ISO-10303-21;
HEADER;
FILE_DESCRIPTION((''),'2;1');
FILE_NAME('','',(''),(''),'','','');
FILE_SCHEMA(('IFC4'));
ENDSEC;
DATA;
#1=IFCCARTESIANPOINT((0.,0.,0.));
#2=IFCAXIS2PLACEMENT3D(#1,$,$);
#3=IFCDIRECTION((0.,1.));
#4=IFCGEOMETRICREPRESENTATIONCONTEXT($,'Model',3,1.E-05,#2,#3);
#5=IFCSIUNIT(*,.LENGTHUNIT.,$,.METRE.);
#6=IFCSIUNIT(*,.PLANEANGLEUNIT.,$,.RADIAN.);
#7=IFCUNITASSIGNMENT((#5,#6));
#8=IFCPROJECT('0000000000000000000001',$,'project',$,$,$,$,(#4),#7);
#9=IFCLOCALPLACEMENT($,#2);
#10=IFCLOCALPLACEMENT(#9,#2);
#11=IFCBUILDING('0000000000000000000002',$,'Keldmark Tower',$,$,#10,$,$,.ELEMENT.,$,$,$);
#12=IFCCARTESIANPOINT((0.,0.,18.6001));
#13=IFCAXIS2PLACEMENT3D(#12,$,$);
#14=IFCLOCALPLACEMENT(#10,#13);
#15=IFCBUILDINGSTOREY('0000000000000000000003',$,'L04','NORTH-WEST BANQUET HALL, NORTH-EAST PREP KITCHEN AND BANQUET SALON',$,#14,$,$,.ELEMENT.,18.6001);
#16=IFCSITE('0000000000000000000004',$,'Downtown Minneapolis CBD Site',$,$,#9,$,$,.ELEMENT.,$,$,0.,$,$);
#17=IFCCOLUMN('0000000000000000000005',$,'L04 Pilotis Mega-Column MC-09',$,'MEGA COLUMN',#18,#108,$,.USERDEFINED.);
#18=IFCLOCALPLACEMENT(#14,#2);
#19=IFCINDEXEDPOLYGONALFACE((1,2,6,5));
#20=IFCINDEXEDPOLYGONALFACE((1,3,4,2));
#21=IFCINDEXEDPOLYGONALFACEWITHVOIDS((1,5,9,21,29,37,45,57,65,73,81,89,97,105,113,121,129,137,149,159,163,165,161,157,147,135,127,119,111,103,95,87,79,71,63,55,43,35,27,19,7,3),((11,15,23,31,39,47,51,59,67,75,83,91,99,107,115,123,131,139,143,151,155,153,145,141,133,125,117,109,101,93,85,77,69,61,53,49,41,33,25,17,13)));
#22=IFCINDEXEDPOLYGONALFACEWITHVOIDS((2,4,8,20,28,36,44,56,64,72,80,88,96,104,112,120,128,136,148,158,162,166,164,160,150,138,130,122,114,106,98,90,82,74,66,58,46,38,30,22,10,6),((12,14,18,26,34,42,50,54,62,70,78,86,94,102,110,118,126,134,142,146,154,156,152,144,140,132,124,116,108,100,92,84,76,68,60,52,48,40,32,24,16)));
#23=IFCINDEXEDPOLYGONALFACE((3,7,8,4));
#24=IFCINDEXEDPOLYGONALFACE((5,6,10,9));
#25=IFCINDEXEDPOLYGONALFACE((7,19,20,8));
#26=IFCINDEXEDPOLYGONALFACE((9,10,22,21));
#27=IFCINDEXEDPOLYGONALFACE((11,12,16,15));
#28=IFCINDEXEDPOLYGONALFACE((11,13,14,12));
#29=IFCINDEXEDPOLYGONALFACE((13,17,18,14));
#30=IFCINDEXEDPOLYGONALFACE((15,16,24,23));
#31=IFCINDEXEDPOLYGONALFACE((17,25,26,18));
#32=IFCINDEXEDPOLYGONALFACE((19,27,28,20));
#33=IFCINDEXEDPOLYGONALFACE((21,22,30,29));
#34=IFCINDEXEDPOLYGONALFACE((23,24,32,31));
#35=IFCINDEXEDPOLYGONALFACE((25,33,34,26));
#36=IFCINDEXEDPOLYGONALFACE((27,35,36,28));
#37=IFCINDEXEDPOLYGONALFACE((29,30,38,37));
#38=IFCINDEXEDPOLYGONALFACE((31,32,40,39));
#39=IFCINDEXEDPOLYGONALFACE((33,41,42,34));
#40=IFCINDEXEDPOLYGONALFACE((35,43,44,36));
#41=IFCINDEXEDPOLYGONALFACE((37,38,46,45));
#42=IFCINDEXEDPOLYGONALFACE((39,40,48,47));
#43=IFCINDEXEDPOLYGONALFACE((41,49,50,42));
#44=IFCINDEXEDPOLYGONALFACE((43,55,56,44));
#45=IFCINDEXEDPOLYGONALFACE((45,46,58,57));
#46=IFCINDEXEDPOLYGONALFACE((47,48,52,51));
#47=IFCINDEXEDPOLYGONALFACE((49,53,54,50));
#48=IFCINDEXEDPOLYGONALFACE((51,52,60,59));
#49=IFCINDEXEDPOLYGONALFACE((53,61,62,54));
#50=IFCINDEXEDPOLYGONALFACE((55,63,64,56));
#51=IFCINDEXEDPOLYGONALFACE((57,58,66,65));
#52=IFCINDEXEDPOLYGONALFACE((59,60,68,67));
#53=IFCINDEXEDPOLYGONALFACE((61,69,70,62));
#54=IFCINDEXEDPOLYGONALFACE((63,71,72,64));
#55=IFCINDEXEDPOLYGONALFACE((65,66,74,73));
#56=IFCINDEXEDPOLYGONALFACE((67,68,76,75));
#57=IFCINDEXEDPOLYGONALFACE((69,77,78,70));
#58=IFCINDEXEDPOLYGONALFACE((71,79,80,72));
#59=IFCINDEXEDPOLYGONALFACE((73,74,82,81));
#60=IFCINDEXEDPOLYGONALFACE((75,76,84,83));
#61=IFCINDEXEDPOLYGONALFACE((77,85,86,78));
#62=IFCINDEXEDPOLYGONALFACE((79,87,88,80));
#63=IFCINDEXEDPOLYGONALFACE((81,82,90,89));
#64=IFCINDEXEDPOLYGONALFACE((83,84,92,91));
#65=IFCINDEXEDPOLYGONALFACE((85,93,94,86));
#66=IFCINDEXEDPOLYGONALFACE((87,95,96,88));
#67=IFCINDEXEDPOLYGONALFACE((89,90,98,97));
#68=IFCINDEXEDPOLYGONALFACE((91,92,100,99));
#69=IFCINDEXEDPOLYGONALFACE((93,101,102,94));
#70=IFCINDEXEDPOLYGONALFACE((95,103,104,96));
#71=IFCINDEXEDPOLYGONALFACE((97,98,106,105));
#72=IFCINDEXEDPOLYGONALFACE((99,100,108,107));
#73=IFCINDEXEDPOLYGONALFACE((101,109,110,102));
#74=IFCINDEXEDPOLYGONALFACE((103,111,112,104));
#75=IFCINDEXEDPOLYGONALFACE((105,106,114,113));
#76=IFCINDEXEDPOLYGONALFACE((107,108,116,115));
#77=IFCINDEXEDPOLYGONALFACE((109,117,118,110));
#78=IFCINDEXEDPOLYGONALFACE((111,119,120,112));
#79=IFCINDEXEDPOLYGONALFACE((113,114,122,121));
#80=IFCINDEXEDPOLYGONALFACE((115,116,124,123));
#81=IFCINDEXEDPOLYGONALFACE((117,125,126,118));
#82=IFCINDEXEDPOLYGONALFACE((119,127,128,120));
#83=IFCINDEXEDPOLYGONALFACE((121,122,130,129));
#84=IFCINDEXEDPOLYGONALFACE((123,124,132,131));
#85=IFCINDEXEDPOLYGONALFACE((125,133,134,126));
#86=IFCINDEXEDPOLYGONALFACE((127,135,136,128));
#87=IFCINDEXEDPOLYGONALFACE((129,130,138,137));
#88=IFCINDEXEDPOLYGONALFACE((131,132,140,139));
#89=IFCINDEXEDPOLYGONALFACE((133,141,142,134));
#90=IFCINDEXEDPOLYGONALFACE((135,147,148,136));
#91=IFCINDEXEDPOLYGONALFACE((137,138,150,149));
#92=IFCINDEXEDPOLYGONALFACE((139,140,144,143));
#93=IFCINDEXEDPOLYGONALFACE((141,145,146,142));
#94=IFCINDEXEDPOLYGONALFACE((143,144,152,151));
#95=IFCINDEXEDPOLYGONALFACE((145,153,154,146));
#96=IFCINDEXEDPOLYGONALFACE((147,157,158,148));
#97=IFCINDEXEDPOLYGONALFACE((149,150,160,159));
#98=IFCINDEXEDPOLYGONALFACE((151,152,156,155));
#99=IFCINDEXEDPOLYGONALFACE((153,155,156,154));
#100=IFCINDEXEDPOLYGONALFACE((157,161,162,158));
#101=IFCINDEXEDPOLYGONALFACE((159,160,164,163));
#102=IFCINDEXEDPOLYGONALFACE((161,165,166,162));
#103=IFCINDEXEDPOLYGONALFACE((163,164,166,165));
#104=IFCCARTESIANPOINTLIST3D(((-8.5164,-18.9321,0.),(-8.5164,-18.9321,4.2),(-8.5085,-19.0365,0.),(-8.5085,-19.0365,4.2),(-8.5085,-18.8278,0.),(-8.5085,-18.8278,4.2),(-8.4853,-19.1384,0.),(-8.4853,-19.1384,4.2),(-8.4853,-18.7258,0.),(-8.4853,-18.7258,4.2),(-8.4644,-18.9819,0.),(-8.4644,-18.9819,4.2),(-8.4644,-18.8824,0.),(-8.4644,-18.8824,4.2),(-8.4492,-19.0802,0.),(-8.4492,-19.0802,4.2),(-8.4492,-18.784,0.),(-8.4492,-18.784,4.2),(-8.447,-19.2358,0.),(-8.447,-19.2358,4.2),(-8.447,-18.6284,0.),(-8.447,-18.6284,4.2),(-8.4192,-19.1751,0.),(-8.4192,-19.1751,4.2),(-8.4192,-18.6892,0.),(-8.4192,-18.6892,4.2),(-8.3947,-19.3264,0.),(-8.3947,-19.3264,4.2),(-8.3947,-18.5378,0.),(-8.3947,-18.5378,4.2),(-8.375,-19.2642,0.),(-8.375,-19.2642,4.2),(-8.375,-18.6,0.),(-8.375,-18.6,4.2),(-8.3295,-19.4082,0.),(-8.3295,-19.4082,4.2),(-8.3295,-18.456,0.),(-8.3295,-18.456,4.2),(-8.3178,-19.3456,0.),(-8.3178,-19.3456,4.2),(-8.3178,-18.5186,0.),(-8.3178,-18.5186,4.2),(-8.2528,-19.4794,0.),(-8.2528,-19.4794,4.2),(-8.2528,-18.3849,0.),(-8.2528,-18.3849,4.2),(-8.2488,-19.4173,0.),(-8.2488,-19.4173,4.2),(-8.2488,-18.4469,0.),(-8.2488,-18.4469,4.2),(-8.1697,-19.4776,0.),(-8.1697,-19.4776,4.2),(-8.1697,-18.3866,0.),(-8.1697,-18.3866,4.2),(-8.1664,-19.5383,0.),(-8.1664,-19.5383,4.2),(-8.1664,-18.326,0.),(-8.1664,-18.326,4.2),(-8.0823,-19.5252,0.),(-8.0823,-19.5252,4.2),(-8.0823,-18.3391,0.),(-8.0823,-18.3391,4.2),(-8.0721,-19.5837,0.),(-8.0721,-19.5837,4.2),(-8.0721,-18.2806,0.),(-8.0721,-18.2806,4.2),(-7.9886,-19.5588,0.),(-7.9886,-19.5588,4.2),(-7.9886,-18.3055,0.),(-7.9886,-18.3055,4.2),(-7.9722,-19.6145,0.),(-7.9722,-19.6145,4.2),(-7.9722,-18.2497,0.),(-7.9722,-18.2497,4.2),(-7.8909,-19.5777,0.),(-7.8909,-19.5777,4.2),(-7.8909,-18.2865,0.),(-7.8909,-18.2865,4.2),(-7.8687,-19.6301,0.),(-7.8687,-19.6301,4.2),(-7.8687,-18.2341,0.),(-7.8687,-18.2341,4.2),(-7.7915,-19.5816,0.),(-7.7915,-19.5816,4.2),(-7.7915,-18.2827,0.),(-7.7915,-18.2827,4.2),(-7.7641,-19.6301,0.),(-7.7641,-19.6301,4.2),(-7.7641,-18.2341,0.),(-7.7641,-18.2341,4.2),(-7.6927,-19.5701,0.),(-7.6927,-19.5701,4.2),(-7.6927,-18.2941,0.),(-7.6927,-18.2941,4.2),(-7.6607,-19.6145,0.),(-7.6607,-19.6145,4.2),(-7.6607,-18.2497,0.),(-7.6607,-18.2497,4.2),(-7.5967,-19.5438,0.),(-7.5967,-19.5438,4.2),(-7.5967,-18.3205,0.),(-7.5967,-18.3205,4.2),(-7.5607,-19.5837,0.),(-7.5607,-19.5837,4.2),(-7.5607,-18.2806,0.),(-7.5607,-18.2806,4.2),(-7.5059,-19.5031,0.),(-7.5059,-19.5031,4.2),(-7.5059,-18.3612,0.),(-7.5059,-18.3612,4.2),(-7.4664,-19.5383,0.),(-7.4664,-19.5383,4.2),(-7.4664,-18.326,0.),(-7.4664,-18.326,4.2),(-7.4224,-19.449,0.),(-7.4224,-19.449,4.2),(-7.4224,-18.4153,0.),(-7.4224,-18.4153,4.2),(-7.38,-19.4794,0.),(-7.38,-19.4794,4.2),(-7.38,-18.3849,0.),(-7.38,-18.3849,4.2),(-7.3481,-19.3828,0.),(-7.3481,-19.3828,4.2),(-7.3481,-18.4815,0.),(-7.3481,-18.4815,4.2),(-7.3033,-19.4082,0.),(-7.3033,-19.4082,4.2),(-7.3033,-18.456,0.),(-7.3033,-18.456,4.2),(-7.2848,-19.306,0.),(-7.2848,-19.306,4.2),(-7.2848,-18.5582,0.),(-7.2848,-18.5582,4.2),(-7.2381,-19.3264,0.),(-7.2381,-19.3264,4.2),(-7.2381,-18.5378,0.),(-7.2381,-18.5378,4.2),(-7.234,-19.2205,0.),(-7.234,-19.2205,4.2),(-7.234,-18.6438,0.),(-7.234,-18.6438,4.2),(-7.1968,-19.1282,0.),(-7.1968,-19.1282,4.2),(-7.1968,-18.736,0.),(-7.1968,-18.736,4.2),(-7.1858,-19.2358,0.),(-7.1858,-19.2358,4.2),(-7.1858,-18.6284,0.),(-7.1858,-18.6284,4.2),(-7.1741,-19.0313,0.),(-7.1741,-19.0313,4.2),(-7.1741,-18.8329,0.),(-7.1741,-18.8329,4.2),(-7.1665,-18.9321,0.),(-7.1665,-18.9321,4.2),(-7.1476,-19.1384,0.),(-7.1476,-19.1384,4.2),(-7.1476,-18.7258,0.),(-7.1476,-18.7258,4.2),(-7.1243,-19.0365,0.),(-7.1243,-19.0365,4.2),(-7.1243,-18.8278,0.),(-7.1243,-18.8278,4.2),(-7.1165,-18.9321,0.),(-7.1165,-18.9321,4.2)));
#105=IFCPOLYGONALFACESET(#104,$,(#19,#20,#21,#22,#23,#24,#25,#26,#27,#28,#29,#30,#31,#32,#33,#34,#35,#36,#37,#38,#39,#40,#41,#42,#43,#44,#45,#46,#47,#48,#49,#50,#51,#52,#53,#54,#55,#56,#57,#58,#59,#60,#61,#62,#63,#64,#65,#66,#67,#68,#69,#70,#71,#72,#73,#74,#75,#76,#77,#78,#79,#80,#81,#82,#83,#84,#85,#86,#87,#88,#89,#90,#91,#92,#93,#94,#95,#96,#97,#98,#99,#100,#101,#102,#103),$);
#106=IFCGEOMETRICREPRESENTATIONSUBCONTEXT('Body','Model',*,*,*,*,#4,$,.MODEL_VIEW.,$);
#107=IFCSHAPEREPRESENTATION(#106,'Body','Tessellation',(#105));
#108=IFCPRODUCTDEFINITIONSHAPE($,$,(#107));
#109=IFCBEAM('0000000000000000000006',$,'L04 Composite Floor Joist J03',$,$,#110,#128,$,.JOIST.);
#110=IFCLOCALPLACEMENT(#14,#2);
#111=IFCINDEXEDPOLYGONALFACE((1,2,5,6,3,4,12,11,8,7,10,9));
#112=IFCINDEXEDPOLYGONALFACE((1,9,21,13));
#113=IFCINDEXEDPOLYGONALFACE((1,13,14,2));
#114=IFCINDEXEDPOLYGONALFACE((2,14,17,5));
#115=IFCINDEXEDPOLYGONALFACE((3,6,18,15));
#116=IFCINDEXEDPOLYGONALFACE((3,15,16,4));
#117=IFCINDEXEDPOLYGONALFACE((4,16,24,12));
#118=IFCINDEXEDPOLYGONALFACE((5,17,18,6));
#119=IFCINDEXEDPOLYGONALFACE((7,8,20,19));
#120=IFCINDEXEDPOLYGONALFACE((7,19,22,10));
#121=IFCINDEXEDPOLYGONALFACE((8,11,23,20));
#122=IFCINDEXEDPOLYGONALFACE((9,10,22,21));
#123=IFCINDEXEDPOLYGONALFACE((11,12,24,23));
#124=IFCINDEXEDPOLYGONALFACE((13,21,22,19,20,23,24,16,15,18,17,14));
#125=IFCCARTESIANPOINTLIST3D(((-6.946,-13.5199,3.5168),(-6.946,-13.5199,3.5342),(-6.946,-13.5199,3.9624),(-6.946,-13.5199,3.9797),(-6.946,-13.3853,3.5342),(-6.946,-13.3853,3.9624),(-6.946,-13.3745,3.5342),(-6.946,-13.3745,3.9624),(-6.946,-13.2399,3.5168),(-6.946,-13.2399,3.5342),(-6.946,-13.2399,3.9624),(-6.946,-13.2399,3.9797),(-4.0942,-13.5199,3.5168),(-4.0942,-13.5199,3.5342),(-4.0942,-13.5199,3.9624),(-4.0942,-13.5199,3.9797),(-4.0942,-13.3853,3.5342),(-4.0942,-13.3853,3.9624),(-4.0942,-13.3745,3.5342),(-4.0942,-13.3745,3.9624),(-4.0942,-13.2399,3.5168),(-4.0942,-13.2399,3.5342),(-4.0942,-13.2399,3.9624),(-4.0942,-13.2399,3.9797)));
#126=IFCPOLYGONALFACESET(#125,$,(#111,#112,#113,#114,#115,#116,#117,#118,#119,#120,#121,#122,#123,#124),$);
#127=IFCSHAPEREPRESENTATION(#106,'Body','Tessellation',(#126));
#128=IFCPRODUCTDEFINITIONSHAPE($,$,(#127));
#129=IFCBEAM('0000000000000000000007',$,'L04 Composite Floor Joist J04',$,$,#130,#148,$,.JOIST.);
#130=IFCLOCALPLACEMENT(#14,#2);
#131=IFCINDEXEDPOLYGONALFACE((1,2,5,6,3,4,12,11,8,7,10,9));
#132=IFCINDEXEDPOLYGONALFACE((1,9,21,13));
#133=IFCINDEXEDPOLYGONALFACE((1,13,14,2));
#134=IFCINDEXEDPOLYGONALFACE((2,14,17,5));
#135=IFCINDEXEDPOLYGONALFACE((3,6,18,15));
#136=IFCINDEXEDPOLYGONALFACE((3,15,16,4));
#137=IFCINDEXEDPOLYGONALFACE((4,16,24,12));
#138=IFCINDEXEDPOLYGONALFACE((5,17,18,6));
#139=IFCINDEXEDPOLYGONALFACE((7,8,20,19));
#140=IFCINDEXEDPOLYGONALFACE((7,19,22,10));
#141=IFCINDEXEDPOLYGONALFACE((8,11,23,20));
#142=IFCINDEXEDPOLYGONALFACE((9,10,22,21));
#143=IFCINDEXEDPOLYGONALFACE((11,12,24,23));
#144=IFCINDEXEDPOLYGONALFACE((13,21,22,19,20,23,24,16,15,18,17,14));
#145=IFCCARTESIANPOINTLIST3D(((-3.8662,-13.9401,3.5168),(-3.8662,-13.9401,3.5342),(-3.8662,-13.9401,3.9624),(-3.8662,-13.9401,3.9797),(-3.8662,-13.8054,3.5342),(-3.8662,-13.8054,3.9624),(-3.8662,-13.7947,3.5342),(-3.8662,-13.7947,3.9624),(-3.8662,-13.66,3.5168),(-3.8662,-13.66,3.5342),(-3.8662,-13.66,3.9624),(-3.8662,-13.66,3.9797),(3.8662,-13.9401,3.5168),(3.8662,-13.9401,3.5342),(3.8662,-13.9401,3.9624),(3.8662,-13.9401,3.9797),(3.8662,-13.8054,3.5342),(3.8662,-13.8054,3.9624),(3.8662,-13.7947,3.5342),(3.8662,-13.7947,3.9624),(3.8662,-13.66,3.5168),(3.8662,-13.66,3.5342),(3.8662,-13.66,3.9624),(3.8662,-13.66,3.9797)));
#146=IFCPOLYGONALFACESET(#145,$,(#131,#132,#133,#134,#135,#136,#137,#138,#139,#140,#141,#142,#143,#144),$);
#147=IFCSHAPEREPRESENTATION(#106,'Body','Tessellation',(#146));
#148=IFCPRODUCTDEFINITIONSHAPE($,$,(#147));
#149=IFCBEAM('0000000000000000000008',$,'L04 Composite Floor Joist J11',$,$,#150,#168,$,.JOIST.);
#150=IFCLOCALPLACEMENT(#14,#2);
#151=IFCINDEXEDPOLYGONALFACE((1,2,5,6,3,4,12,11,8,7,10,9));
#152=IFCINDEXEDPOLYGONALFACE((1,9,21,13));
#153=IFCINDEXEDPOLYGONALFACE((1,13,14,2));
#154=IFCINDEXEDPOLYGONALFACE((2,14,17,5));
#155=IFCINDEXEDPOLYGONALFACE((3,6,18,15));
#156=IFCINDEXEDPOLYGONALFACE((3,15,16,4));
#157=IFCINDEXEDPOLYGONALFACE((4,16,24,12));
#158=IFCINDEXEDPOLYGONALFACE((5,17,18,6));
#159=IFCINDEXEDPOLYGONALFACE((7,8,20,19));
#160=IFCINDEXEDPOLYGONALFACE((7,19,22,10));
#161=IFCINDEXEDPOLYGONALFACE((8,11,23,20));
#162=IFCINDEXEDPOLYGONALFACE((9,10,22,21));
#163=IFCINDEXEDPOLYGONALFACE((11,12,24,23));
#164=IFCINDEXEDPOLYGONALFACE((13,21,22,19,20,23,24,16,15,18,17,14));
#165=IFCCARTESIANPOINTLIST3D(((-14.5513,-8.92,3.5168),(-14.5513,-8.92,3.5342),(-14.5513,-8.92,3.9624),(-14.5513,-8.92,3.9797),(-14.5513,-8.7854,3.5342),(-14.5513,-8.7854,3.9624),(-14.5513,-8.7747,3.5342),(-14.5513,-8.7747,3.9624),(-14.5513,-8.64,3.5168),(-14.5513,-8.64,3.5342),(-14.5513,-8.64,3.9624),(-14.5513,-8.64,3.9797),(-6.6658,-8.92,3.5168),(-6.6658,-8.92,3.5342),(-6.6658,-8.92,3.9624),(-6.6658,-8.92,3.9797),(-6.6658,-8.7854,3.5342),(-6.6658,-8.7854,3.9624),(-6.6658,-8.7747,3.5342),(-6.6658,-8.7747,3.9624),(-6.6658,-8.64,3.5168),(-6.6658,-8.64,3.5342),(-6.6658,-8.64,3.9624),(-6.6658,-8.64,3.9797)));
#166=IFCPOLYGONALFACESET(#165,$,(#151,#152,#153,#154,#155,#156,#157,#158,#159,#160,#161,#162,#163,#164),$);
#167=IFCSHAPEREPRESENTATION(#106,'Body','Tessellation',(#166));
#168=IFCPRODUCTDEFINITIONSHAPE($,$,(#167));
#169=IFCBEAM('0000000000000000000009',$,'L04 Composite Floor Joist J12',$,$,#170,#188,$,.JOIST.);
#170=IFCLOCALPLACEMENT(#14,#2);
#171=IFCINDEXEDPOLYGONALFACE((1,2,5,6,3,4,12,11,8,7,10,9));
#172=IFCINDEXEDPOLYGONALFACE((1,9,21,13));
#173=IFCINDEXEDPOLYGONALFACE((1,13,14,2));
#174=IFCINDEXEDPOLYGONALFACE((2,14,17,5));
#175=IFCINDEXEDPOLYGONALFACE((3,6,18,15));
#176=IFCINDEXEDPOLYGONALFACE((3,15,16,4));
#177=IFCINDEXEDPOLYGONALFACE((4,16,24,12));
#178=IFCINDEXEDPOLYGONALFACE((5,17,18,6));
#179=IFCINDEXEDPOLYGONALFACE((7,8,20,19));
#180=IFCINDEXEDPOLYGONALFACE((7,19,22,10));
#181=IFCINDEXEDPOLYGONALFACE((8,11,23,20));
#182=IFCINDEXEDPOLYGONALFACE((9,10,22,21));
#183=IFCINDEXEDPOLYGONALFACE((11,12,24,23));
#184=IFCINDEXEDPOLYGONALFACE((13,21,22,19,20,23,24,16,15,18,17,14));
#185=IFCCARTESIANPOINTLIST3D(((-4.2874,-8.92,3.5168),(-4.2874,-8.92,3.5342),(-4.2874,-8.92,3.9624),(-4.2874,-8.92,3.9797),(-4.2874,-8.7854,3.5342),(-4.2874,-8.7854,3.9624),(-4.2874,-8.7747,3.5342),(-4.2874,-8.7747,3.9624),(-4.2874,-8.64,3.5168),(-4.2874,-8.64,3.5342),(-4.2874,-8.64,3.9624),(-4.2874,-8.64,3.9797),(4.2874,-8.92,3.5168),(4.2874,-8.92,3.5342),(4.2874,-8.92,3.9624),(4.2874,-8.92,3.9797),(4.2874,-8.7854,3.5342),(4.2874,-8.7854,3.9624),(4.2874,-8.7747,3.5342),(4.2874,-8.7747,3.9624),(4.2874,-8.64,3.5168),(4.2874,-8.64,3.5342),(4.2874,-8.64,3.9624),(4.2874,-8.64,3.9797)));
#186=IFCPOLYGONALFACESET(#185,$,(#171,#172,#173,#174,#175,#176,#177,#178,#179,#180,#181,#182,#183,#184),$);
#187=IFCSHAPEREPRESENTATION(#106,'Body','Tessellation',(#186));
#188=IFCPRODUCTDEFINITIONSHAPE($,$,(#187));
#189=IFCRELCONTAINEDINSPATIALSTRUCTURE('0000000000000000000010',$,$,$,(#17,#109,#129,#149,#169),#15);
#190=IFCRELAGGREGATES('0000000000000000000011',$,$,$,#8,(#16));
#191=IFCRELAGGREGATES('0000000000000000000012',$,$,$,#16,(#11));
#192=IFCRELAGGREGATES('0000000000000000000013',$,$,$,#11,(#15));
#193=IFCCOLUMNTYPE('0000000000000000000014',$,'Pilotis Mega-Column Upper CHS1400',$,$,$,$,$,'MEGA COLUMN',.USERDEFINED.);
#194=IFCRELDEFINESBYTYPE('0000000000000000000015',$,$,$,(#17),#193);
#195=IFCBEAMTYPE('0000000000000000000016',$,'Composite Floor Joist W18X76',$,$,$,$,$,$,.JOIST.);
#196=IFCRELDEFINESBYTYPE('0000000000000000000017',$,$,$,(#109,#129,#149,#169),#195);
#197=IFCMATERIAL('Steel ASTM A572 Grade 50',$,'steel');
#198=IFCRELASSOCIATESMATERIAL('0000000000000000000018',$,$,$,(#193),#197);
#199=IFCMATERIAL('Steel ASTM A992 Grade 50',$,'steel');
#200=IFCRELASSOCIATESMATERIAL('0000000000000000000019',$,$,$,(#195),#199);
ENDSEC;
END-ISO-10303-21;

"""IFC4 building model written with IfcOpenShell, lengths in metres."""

from ifc_helpers import new_model, si_unit, direction, frame, origin, origin_2d, place, context, subcontext, project, spatial, hollow_circle, i_section, extrude, material, material_profile, profile_set, type_object, element, save


model = new_model("IFC4")

# Units and contexts
model_context = context("Model", 3, precision=1e-05, world=origin(), true_north=direction((0.0, 1.0)))
body_context = subcontext(model_context, "Body", "Model", "MODEL_VIEW")
ifc_project = project(units=[si_unit("LENGTHUNIT", "METRE"), si_unit("PLANEANGLEUNIT", "RADIAN")], contexts=[model_context])

# Site, building, storey
site_placement = place(None, origin())
site = spatial("IfcSite", under=ifc_project, at=site_placement, Name="Downtown Minneapolis CBD Site", CompositionType="ELEMENT", RefElevation=0.0)
building_placement = place(site_placement, origin())
building = spatial("IfcBuilding", under=site, at=building_placement, Name="Keldmark Tower", CompositionType="ELEMENT")
storey_placement = place(building_placement, frame((0.0, 0.0, 18.6001)))
storey = spatial("IfcBuildingStorey", under=building, at=storey_placement, Name="L04", Description="NORTH-WEST BANQUET HALL, NORTH-EAST PREP KITCHEN AND BANQUET SALON", CompositionType="ELEMENT", Elevation=18.6001)

# Column
ifc_material_1 = material(Name="Steel ASTM A572 Grade 50", Category="steel")
ifc_material_profile_1 = material_profile(ifc_material_1, hollow_circle(Radius=0.7, WallThickness=0.05, at=origin_2d()), Name="CHS1400X50")
ifc_profile_set_1 = profile_set([ifc_material_profile_1], Name="Steel ASTM A572 Grade 50")
column_type = type_object("IfcColumnType", Name="Pilotis Mega-Column Upper CHS1400", ElementType="MEGA COLUMN", PredefinedType="USERDEFINED", material=ifc_profile_set_1)
column_placement = place(storey_placement, frame((-7.8164, -18.9321, 0.0), z_axis=(0.0, 0.0, 1.0), x_axis=(1.0, 0.0, 0.0)))
element("IfcColumn", 1, at=column_placement, inside=storey, type_object=column_type, Name="L04 Pilotis Mega-Column MC-09", ObjectType="MEGA COLUMN", PredefinedType="USERDEFINED", context=body_context, shape_type="SweptSolid", body=[
    extrude(hollow_circle(Radius=0.7, WallThickness=0.05, at=origin_2d()), origin(), (0.0, 0.0, 1.0), 4.2),
])

# Beams
ifc_material_2 = material(Name="Steel ASTM A992 Grade 50", Category="steel")
ifc_material_profile_2 = material_profile(ifc_material_2, i_section(OverallWidth=0.28, OverallDepth=0.4629, WebThickness=0.0107, FlangeThickness=0.0173, at=origin_2d()), Name="W18X76")
ifc_profile_set_2 = profile_set([ifc_material_profile_2], Name="Steel ASTM A992 Grade 50")
beam_type_1 = type_object("IfcBeamType", Name="Composite Floor Joist W18X76", PredefinedType="JOIST", material=ifc_profile_set_2)
beam_1_placement = place(storey_placement, frame((-6.946, -13.3799, 3.7483), z_axis=(1.0, 0.0, 0.0), x_axis=(0.0, 1.0, 0.0)))
element("IfcBeam", 2, at=beam_1_placement, inside=storey, type_object=beam_type_1, Name="L04 Composite Floor Joist J03", PredefinedType="JOIST", context=body_context, shape_type="SweptSolid", body=[
    extrude(i_section(OverallWidth=0.28, OverallDepth=0.4629, WebThickness=0.0107, FlangeThickness=0.0173, at=origin_2d()), origin(), (0.0, 0.0, 1.0), 2.8518),
])
beam_2_placement = place(storey_placement, frame((-3.8662, -13.8, 3.7483), z_axis=(1.0, 0.0, 0.0), x_axis=(0.0, 1.0, 0.0)))
element("IfcBeam", 3, at=beam_2_placement, inside=storey, type_object=beam_type_1, Name="L04 Composite Floor Joist J04", PredefinedType="JOIST", context=body_context, shape_type="SweptSolid", body=[
    extrude(i_section(OverallWidth=0.28, OverallDepth=0.4629, WebThickness=0.0107, FlangeThickness=0.0173, at=origin_2d()), origin(), (0.0, 0.0, 1.0), 7.7324),
])
beam_3_placement = place(storey_placement, frame((-14.5513, -8.78, 3.7483), z_axis=(1.0, 0.0, 0.0), x_axis=(0.0, 1.0, 0.0)))
element("IfcBeam", 4, at=beam_3_placement, inside=storey, type_object=beam_type_1, Name="L04 Composite Floor Joist J11", PredefinedType="JOIST", context=body_context, shape_type="SweptSolid", body=[
    extrude(i_section(OverallWidth=0.28, OverallDepth=0.4629, WebThickness=0.0107, FlangeThickness=0.0173, at=origin_2d()), origin(), (0.0, 0.0, 1.0), 7.8855),
])
beam_4_placement = place(storey_placement, frame((-4.2874, -8.78, 3.7483), z_axis=(1.0, 0.0, 0.0), x_axis=(0.0, 1.0, 0.0)))
element("IfcBeam", 5, at=beam_4_placement, inside=storey, type_object=beam_type_1, Name="L04 Composite Floor Joist J12", PredefinedType="JOIST", context=body_context, shape_type="SweptSolid", body=[
    extrude(i_section(OverallWidth=0.28, OverallDepth=0.4629, WebThickness=0.0107, FlangeThickness=0.0173, at=origin_2d()), origin(), (0.0, 0.0, 1.0), 8.5747),
])

save(model, "model.ifc")
